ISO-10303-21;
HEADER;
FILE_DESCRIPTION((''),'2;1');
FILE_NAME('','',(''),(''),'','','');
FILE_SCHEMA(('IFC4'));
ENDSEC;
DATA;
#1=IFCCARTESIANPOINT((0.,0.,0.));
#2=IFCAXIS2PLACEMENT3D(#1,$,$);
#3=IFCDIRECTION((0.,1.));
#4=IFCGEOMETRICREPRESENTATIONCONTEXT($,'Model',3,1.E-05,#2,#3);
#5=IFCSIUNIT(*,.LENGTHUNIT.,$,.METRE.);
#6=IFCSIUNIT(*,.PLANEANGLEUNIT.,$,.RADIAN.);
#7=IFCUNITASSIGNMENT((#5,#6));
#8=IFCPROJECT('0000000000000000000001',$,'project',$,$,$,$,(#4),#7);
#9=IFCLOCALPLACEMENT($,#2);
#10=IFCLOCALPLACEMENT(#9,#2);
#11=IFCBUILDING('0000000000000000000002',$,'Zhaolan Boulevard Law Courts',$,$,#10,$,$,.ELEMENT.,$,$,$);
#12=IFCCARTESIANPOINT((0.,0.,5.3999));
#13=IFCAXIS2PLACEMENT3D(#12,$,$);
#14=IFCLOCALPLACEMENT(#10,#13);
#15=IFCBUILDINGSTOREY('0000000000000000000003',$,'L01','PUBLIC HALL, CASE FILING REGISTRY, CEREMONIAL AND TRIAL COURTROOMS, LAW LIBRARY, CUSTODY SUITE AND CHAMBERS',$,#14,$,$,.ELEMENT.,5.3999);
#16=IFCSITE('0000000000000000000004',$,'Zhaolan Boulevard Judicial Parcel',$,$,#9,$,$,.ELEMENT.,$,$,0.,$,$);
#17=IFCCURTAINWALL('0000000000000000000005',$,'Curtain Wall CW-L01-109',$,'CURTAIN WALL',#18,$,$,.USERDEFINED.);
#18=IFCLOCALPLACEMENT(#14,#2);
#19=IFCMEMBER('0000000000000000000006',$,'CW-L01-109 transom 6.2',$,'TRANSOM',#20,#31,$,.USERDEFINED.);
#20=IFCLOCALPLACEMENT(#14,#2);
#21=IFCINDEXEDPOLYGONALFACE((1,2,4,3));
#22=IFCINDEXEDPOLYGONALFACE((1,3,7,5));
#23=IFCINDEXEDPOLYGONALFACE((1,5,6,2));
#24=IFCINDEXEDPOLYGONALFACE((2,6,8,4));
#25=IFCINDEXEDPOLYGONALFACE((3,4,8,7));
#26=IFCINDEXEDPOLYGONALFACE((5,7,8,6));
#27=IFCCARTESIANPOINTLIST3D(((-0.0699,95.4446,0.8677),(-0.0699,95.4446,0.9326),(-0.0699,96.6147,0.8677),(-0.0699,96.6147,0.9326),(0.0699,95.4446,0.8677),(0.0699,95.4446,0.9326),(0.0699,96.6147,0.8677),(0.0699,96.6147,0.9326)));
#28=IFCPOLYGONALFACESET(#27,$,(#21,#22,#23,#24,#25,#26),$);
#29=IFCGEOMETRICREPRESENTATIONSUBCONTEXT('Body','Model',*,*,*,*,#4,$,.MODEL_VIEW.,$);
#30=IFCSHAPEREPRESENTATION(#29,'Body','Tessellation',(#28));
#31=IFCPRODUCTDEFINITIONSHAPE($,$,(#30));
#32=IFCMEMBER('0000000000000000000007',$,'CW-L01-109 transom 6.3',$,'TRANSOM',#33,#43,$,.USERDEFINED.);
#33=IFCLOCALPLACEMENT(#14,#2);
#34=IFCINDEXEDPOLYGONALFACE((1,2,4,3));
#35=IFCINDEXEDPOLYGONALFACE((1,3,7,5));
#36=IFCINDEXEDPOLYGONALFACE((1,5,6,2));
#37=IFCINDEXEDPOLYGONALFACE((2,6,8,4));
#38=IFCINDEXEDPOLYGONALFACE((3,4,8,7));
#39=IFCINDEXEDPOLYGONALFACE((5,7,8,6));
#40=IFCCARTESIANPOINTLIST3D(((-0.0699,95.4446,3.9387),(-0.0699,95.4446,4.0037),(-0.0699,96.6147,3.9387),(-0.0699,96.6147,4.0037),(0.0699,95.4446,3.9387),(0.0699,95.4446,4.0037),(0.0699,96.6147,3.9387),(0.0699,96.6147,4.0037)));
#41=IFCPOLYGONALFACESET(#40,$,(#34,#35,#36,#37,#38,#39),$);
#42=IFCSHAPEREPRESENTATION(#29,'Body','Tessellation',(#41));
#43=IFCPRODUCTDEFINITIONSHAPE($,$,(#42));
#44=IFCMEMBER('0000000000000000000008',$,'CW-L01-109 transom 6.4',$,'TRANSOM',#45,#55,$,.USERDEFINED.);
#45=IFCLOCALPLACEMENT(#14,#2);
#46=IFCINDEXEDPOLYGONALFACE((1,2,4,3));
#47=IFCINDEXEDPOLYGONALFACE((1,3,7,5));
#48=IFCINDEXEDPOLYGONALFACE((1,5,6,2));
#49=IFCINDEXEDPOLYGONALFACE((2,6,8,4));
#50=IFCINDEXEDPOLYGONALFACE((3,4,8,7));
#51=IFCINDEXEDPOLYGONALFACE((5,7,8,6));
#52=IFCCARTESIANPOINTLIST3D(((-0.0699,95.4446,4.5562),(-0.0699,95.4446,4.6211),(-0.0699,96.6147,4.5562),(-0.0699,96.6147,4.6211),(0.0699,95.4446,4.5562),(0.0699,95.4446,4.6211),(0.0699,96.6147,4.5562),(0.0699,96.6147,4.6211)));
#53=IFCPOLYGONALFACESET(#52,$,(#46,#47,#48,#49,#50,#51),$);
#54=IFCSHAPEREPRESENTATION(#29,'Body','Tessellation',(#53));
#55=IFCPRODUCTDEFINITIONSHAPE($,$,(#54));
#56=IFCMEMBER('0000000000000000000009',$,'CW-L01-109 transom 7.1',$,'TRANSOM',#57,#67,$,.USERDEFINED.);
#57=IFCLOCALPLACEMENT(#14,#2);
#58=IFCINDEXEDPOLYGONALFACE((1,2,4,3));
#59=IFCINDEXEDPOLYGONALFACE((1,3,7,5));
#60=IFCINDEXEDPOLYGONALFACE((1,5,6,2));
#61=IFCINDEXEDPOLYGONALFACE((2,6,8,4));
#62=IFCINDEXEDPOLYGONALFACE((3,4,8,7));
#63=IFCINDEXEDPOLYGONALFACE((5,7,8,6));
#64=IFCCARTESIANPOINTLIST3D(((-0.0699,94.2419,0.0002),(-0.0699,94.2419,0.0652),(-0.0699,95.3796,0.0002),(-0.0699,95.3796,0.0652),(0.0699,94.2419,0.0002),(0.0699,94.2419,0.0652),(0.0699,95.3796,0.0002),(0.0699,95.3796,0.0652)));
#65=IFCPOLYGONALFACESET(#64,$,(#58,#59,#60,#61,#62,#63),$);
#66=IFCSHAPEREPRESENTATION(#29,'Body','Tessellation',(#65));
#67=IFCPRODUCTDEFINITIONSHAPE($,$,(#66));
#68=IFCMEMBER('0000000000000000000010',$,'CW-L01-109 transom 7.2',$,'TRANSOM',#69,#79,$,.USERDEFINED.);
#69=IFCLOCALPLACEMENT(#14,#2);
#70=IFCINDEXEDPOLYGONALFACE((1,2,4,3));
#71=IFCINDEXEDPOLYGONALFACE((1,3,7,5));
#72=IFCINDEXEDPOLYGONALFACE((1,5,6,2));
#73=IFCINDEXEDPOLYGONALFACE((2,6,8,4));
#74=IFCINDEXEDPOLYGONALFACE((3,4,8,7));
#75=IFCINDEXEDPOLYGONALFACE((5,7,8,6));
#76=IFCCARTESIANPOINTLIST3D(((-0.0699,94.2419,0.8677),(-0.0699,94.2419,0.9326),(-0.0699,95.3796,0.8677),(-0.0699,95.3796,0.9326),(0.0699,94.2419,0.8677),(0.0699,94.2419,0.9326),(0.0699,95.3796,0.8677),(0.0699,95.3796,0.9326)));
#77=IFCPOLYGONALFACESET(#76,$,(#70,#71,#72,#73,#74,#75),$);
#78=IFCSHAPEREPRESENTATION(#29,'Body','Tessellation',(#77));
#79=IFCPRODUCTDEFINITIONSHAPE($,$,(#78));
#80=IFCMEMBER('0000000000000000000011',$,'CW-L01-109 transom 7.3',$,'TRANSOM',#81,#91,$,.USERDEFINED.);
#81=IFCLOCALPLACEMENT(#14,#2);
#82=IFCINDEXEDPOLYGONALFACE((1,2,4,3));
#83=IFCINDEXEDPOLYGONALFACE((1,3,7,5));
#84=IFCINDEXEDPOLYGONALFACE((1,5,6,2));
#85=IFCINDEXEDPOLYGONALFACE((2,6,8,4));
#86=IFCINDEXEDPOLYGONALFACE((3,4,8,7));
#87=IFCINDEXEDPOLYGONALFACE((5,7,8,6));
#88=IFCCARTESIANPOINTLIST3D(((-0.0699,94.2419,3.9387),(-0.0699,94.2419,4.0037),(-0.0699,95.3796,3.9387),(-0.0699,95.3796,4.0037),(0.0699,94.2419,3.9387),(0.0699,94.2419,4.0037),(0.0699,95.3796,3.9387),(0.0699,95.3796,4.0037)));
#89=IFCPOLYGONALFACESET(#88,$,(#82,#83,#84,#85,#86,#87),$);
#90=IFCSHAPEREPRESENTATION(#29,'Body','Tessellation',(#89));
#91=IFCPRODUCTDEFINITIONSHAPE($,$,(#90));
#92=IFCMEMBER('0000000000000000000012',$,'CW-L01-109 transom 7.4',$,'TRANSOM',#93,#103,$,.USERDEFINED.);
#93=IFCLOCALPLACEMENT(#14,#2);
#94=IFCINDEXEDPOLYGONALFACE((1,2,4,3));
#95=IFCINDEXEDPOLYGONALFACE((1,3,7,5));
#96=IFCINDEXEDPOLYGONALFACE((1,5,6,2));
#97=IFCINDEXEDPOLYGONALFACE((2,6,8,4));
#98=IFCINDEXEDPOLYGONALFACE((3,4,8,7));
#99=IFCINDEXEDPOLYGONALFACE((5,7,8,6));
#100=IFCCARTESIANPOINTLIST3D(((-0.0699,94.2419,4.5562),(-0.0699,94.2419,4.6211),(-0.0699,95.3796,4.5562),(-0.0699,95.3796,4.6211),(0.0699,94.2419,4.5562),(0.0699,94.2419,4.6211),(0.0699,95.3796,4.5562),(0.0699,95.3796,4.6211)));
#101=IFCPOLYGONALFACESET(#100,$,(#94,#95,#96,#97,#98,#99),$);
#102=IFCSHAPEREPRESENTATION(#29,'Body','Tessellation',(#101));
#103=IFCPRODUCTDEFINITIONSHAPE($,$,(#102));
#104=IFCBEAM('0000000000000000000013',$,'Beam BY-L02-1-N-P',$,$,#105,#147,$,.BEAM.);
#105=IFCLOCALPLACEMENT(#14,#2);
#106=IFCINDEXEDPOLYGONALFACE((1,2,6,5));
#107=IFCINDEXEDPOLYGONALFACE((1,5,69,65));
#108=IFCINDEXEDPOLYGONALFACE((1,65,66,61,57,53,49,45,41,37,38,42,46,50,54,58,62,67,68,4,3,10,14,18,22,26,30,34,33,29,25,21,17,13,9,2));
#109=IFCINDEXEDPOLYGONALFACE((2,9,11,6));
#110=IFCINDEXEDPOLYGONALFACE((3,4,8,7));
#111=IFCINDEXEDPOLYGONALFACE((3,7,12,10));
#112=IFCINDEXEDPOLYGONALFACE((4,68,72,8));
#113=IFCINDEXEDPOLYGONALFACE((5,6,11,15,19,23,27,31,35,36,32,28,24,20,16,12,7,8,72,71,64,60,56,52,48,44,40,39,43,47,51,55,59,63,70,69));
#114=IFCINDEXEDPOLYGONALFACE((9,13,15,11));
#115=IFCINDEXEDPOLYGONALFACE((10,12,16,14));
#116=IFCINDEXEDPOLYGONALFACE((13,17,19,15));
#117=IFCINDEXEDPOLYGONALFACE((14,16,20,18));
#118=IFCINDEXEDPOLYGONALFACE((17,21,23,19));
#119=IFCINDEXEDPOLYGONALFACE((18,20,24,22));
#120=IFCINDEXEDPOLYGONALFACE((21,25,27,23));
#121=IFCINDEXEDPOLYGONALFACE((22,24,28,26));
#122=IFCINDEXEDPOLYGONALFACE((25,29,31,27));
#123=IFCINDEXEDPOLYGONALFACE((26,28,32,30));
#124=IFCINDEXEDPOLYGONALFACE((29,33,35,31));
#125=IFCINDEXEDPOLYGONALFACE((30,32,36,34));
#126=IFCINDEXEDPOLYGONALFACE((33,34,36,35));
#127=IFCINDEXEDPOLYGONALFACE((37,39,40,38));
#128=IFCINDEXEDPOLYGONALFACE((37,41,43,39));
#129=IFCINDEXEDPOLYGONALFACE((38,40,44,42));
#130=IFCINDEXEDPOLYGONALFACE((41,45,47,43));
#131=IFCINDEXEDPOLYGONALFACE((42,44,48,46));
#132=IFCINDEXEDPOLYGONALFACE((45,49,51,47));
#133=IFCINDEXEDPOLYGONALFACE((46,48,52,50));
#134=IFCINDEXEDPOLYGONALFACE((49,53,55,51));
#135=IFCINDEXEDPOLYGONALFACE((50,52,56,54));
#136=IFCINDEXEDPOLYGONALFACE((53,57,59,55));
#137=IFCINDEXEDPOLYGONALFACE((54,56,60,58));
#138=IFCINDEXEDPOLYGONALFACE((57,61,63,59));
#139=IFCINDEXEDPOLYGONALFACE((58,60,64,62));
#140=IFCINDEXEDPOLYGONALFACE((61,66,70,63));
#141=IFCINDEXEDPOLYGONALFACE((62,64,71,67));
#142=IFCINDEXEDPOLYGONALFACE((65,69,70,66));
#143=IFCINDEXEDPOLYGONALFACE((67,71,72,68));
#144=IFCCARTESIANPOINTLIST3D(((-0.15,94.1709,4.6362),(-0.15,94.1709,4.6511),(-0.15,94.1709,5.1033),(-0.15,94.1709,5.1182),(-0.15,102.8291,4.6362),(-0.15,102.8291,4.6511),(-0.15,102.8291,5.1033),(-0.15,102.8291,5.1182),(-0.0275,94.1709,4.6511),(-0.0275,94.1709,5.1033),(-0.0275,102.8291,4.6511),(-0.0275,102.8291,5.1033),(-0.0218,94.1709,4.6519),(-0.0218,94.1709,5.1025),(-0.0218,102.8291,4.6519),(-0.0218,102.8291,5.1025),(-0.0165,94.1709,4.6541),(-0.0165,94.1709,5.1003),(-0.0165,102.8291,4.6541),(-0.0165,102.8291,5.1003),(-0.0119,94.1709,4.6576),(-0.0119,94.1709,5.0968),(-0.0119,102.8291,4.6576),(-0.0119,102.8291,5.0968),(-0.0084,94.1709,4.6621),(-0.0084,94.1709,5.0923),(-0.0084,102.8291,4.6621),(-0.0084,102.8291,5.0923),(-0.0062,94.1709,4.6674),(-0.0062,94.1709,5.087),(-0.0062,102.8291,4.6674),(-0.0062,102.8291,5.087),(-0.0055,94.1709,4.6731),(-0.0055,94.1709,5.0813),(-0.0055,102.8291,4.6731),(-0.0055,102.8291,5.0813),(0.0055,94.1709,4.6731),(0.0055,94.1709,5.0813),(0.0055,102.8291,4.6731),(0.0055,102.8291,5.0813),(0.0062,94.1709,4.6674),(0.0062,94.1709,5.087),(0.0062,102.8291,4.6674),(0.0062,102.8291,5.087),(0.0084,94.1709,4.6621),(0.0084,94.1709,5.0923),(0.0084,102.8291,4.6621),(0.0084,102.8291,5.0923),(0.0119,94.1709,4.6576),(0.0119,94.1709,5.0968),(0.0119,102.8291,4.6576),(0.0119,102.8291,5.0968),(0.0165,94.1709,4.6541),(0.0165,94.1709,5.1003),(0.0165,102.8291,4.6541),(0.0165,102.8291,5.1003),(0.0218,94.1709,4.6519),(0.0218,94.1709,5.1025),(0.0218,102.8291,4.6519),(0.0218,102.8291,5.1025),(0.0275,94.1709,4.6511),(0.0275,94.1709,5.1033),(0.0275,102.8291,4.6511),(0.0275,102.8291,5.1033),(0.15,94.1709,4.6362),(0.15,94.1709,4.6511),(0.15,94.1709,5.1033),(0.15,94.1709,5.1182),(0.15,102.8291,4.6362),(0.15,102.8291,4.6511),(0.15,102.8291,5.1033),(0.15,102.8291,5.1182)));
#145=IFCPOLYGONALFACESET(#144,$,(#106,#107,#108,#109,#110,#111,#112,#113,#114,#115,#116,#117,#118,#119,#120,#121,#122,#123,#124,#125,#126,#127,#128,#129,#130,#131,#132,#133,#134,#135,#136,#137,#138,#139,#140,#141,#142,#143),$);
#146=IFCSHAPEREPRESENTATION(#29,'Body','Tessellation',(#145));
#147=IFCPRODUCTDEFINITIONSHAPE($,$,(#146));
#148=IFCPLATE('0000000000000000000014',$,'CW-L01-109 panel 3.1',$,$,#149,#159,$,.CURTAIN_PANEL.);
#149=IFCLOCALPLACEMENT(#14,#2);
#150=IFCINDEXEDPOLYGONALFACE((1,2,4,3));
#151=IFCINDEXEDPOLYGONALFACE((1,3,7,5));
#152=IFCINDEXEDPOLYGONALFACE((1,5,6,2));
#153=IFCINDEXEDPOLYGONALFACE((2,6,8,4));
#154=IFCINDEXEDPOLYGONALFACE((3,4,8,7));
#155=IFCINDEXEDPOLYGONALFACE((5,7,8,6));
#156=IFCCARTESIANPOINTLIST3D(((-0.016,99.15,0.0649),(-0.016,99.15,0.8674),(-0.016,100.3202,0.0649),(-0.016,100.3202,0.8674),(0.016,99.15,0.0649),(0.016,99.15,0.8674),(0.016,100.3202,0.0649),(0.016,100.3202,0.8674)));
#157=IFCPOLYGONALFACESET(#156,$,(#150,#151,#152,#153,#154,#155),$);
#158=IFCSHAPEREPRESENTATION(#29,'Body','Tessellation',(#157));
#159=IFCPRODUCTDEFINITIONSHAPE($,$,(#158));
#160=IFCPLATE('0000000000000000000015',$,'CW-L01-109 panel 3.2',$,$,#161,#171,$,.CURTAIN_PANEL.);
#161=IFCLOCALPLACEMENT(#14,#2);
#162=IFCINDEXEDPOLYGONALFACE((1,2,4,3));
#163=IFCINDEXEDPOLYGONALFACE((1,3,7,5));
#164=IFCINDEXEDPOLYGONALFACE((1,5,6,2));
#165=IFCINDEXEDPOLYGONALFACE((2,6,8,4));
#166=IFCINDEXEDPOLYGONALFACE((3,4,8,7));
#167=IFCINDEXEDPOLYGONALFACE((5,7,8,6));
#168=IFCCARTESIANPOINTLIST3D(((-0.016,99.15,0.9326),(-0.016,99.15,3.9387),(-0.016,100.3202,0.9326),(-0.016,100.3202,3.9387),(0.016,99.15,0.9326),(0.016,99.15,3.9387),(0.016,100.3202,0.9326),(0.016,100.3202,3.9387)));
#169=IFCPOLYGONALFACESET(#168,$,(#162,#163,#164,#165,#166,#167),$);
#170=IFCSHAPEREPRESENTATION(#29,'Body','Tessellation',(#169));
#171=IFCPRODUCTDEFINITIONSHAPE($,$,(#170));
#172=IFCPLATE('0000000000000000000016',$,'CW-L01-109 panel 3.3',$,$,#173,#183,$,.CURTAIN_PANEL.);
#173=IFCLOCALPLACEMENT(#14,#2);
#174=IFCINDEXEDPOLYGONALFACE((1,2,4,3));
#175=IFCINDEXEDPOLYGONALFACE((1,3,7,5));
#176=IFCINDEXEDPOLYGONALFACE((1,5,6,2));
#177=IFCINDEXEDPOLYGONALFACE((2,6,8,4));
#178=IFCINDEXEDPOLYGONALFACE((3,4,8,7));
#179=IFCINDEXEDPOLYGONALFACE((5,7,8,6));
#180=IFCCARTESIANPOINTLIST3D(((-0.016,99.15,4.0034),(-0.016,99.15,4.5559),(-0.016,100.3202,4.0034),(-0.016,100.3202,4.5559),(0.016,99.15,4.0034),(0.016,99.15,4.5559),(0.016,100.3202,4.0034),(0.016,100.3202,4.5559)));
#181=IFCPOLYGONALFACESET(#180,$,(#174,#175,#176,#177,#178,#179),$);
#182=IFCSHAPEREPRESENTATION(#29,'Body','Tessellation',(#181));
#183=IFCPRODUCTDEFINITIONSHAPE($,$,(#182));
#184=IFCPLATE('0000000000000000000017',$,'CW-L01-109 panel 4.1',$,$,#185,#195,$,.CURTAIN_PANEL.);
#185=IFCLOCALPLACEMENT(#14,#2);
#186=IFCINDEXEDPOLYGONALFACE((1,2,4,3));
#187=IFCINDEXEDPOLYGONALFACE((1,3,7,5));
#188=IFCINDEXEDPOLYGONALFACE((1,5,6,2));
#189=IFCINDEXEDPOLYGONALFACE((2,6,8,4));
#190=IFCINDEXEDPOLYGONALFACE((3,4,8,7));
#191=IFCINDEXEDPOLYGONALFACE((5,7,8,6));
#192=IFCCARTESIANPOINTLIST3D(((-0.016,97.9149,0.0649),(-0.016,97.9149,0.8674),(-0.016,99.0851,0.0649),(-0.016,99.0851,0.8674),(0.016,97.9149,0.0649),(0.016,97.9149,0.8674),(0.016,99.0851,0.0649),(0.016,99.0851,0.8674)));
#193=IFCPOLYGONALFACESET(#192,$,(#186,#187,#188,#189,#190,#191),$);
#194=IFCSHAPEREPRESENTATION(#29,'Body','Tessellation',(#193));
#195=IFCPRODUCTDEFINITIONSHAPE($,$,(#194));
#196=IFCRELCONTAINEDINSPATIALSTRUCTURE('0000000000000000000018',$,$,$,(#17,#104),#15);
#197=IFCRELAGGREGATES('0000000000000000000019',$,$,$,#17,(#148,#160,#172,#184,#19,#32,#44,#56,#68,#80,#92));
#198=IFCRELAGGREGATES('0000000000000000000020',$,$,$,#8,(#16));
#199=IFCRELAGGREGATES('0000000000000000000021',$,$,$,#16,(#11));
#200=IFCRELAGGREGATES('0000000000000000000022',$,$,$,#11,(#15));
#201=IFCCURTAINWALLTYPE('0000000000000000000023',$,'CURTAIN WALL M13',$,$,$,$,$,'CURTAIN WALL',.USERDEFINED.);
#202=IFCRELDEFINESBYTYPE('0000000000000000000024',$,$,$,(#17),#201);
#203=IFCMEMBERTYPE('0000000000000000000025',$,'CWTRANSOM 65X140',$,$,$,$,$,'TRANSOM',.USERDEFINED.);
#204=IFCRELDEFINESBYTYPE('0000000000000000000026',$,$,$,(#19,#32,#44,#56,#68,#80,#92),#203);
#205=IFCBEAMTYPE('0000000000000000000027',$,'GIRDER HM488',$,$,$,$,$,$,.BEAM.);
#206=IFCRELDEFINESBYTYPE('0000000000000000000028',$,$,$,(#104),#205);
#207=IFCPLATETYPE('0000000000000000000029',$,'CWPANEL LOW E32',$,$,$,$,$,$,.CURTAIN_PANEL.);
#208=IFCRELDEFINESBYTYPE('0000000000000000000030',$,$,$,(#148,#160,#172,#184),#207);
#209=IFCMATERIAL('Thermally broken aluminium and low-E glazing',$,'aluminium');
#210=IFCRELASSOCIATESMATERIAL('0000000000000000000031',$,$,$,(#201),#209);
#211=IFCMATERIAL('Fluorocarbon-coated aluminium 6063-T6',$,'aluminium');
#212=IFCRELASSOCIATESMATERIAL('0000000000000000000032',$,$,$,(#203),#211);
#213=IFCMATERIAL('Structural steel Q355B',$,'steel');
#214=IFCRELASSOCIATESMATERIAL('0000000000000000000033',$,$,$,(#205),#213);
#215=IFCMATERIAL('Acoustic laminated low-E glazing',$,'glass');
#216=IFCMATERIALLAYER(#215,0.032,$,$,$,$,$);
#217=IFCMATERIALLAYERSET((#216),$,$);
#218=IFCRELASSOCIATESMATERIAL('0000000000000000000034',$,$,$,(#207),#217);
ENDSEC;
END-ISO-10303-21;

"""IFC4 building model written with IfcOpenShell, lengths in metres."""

from ifc_helpers import new_model, si_unit, direction, frame, origin, origin_2d, place, context, subcontext, project, spatial, rectangle, i_section, extrude, material, layer, layer_set, material_profile, profile_set, type_object, element, aggregate, save


model = new_model("IFC4")

# Units and contexts
model_context = context("Model", 3, precision=1e-05, world=origin(), true_north=direction((0.0, 1.0)))
body_context = subcontext(model_context, "Body", "Model", "MODEL_VIEW")
ifc_project = project(units=[si_unit("LENGTHUNIT", "METRE"), si_unit("PLANEANGLEUNIT", "RADIAN")], contexts=[model_context])

# Site, building, storey
site_placement = place(None, origin())
site = spatial("IfcSite", under=ifc_project, at=site_placement, Name="Zhaolan Boulevard Judicial Parcel", CompositionType="ELEMENT", RefElevation=0.0)
building_placement = place(site_placement, origin())
building = spatial("IfcBuilding", under=site, at=building_placement, Name="Zhaolan Boulevard Law Courts", CompositionType="ELEMENT")
storey_placement = place(building_placement, frame((0.0, 0.0, 5.3999)))
storey = spatial("IfcBuildingStorey", under=building, at=storey_placement, Name="L01", Description="PUBLIC HALL, CASE FILING REGISTRY, CEREMONIAL AND TRIAL COURTROOMS, LAW LIBRARY, CUSTODY SUITE AND CHAMBERS", CompositionType="ELEMENT", Elevation=5.3999)

# Curtain wall, members
ifc_material_1 = material(Name="Thermally broken aluminium and low-E glazing", Category="aluminium")
curtain_wall_type = type_object("IfcCurtainWallType", Name="CURTAIN WALL M13", ElementType="CURTAIN WALL", PredefinedType="USERDEFINED", material=ifc_material_1)
curtain_wall_placement = place(storey_placement, origin())
curtain_wall = element("IfcCurtainWall", 1, at=curtain_wall_placement, inside=storey, type_object=curtain_wall_type, Name="Curtain Wall CW-L01-109", ObjectType="CURTAIN WALL", PredefinedType="USERDEFINED")
ifc_material_2 = material(Name="Fluorocarbon-coated aluminium 6063-T6", Category="aluminium")
ifc_material_profile_1 = material_profile(ifc_material_2, rectangle(XDim=0.1399, YDim=0.0649, at=origin_2d()), Name="AL65x140")
ifc_profile_set_1 = profile_set([ifc_material_profile_1], Name="Fluorocarbon-coated aluminium 6063-T6")
member_type_1 = type_object("IfcMemberType", Name="CWTRANSOM 65X140", ElementType="TRANSOM", PredefinedType="USERDEFINED", material=ifc_profile_set_1)
member_1_placement = place(storey_placement, frame((0.0, 96.6147, 0.9001), z_axis=(0.0, -1.0, 0.0), x_axis=(1.0, 0.0, 0.0)))
member_1 = element("IfcMember", 2, at=member_1_placement, type_object=member_type_1, Name="CW-L01-109 transom 6.2", ObjectType="TRANSOM", PredefinedType="USERDEFINED", context=body_context, shape_type="SweptSolid", body=[
    extrude(rectangle(XDim=0.1399, YDim=0.0649, at=origin_2d()), origin(), (0.0, 0.0, 1.0), 1.1702),
])
member_2_placement = place(storey_placement, frame((0.0, 96.6147, 3.9712), z_axis=(0.0, -1.0, 0.0), x_axis=(1.0, 0.0, 0.0)))
member_2 = element("IfcMember", 3, at=member_2_placement, type_object=member_type_1, Name="CW-L01-109 transom 6.3", ObjectType="TRANSOM", PredefinedType="USERDEFINED", context=body_context, shape_type="SweptSolid", body=[
    extrude(rectangle(XDim=0.1399, YDim=0.0649, at=origin_2d()), origin(), (0.0, 0.0, 1.0), 1.1702),
])
member_3_placement = place(storey_placement, frame((0.0, 96.6147, 4.5886), z_axis=(0.0, -1.0, 0.0), x_axis=(1.0, 0.0, 0.0)))
member_3 = element("IfcMember", 4, at=member_3_placement, type_object=member_type_1, Name="CW-L01-109 transom 6.4", ObjectType="TRANSOM", PredefinedType="USERDEFINED", context=body_context, shape_type="SweptSolid", body=[
    extrude(rectangle(XDim=0.1399, YDim=0.0649, at=origin_2d()), origin(), (0.0, 0.0, 1.0), 1.1702),
])
member_4_placement = place(storey_placement, frame((0.0, 95.3796, 0.0327), z_axis=(0.0, -1.0, 0.0), x_axis=(1.0, 0.0, 0.0)))
member_4 = element("IfcMember", 5, at=member_4_placement, type_object=member_type_1, Name="CW-L01-109 transom 7.1", ObjectType="TRANSOM", PredefinedType="USERDEFINED", context=body_context, shape_type="SweptSolid", body=[
    extrude(rectangle(XDim=0.1399, YDim=0.0649, at=origin_2d()), origin(), (0.0, 0.0, 1.0), 1.1377),
])
member_5_placement = place(storey_placement, frame((0.0, 95.3796, 0.9001), z_axis=(0.0, -1.0, 0.0), x_axis=(1.0, 0.0, 0.0)))
member_5 = element("IfcMember", 6, at=member_5_placement, type_object=member_type_1, Name="CW-L01-109 transom 7.2", ObjectType="TRANSOM", PredefinedType="USERDEFINED", context=body_context, shape_type="SweptSolid", body=[
    extrude(rectangle(XDim=0.1399, YDim=0.0649, at=origin_2d()), origin(), (0.0, 0.0, 1.0), 1.1377),
])
member_6_placement = place(storey_placement, frame((0.0, 95.3796, 3.9712), z_axis=(0.0, -1.0, 0.0), x_axis=(1.0, 0.0, 0.0)))
member_6 = element("IfcMember", 7, at=member_6_placement, type_object=member_type_1, Name="CW-L01-109 transom 7.3", ObjectType="TRANSOM", PredefinedType="USERDEFINED", context=body_context, shape_type="SweptSolid", body=[
    extrude(rectangle(XDim=0.1399, YDim=0.0649, at=origin_2d()), origin(), (0.0, 0.0, 1.0), 1.1377),
])
member_7_placement = place(storey_placement, frame((0.0, 95.3796, 4.5886), z_axis=(0.0, -1.0, 0.0), x_axis=(1.0, 0.0, 0.0)))
member_7 = element("IfcMember", 8, at=member_7_placement, type_object=member_type_1, Name="CW-L01-109 transom 7.4", ObjectType="TRANSOM", PredefinedType="USERDEFINED", context=body_context, shape_type="SweptSolid", body=[
    extrude(rectangle(XDim=0.1399, YDim=0.0649, at=origin_2d()), origin(), (0.0, 0.0, 1.0), 1.1377),
])

# Beam
ifc_material_3 = material(Name="Structural steel Q355B", Category="steel")
ifc_material_profile_2 = material_profile(ifc_material_3, i_section(OverallWidth=0.3, OverallDepth=0.4819, WebThickness=0.011, FlangeThickness=0.0149, FilletRadius=0.022, at=origin_2d()), Name="HM482x300")
ifc_profile_set_2 = profile_set([ifc_material_profile_2], Name="Structural steel Q355B")
beam_type = type_object("IfcBeamType", Name="GIRDER HM488", PredefinedType="BEAM", material=ifc_profile_set_2)
beam_placement = place(storey_placement, frame((0.0, 94.1709, 4.8772), z_axis=(0.0, 1.0, 0.0), x_axis=(-1.0, 0.0, 0.0)))
element("IfcBeam", 9, at=beam_placement, inside=storey, type_object=beam_type, Name="Beam BY-L02-1-N-P", PredefinedType="BEAM", context=body_context, shape_type="SweptSolid", body=[
    extrude(i_section(OverallWidth=0.3, OverallDepth=0.4819, WebThickness=0.011, FlangeThickness=0.0149, FilletRadius=0.022, at=origin_2d()), origin(), (0.0, 0.0, 1.0), 8.6582),
])

# Plates
ifc_material_4 = material(Name="Acoustic laminated low-E glazing", Category="glass")
ifc_layer = layer(ifc_material_4, 0.032)
ifc_layer_set = layer_set([ifc_layer])
plate_type = type_object("IfcPlateType", Name="CWPANEL LOW E32", PredefinedType="CURTAIN_PANEL", material=ifc_layer_set)
plate_1_placement = place(storey_placement, frame((0.0, 99.7351, 0.0649), z_axis=(0.0, 0.0, 1.0), x_axis=(0.0, -1.0, 0.0)))
plate_1 = element("IfcPlate", 10, at=plate_1_placement, type_object=plate_type, Name="CW-L01-109 panel 3.1", PredefinedType="CURTAIN_PANEL", context=body_context, shape_type="SweptSolid", body=[
    extrude(rectangle(XDim=1.1702, YDim=0.032, at=origin_2d()), origin(), (0.0, 0.0, 1.0), 0.8025),
])
plate_2_placement = place(storey_placement, frame((0.0, 99.7351, 0.9326), z_axis=(0.0, 0.0, 1.0), x_axis=(0.0, -1.0, 0.0)))
plate_2 = element("IfcPlate", 11, at=plate_2_placement, type_object=plate_type, Name="CW-L01-109 panel 3.2", PredefinedType="CURTAIN_PANEL", context=body_context, shape_type="SweptSolid", body=[
    extrude(rectangle(XDim=1.1702, YDim=0.032, at=origin_2d()), origin(), (0.0, 0.0, 1.0), 3.0061),
])
plate_3_placement = place(storey_placement, frame((0.0, 99.7351, 4.0034), z_axis=(0.0, 0.0, 1.0), x_axis=(0.0, -1.0, 0.0)))
plate_3 = element("IfcPlate", 12, at=plate_3_placement, type_object=plate_type, Name="CW-L01-109 panel 3.3", PredefinedType="CURTAIN_PANEL", context=body_context, shape_type="SweptSolid", body=[
    extrude(rectangle(XDim=1.1702, YDim=0.032, at=origin_2d()), origin(), (0.0, 0.0, 1.0), 0.5525),
])
plate_4_placement = place(storey_placement, frame((0.0, 98.5, 0.0649), z_axis=(0.0, 0.0, 1.0), x_axis=(0.0, -1.0, 0.0)))
plate_4 = element("IfcPlate", 13, at=plate_4_placement, type_object=plate_type, Name="CW-L01-109 panel 4.1", PredefinedType="CURTAIN_PANEL", context=body_context, shape_type="SweptSolid", body=[
    extrude(rectangle(XDim=1.1702, YDim=0.032, at=origin_2d()), origin(), (0.0, 0.0, 1.0), 0.8025),
])
aggregate(curtain_wall, [plate_1, plate_2, plate_3, plate_4, member_1, member_2, member_3, member_4, member_5, member_6, member_7])

save(model, "model.ifc")
